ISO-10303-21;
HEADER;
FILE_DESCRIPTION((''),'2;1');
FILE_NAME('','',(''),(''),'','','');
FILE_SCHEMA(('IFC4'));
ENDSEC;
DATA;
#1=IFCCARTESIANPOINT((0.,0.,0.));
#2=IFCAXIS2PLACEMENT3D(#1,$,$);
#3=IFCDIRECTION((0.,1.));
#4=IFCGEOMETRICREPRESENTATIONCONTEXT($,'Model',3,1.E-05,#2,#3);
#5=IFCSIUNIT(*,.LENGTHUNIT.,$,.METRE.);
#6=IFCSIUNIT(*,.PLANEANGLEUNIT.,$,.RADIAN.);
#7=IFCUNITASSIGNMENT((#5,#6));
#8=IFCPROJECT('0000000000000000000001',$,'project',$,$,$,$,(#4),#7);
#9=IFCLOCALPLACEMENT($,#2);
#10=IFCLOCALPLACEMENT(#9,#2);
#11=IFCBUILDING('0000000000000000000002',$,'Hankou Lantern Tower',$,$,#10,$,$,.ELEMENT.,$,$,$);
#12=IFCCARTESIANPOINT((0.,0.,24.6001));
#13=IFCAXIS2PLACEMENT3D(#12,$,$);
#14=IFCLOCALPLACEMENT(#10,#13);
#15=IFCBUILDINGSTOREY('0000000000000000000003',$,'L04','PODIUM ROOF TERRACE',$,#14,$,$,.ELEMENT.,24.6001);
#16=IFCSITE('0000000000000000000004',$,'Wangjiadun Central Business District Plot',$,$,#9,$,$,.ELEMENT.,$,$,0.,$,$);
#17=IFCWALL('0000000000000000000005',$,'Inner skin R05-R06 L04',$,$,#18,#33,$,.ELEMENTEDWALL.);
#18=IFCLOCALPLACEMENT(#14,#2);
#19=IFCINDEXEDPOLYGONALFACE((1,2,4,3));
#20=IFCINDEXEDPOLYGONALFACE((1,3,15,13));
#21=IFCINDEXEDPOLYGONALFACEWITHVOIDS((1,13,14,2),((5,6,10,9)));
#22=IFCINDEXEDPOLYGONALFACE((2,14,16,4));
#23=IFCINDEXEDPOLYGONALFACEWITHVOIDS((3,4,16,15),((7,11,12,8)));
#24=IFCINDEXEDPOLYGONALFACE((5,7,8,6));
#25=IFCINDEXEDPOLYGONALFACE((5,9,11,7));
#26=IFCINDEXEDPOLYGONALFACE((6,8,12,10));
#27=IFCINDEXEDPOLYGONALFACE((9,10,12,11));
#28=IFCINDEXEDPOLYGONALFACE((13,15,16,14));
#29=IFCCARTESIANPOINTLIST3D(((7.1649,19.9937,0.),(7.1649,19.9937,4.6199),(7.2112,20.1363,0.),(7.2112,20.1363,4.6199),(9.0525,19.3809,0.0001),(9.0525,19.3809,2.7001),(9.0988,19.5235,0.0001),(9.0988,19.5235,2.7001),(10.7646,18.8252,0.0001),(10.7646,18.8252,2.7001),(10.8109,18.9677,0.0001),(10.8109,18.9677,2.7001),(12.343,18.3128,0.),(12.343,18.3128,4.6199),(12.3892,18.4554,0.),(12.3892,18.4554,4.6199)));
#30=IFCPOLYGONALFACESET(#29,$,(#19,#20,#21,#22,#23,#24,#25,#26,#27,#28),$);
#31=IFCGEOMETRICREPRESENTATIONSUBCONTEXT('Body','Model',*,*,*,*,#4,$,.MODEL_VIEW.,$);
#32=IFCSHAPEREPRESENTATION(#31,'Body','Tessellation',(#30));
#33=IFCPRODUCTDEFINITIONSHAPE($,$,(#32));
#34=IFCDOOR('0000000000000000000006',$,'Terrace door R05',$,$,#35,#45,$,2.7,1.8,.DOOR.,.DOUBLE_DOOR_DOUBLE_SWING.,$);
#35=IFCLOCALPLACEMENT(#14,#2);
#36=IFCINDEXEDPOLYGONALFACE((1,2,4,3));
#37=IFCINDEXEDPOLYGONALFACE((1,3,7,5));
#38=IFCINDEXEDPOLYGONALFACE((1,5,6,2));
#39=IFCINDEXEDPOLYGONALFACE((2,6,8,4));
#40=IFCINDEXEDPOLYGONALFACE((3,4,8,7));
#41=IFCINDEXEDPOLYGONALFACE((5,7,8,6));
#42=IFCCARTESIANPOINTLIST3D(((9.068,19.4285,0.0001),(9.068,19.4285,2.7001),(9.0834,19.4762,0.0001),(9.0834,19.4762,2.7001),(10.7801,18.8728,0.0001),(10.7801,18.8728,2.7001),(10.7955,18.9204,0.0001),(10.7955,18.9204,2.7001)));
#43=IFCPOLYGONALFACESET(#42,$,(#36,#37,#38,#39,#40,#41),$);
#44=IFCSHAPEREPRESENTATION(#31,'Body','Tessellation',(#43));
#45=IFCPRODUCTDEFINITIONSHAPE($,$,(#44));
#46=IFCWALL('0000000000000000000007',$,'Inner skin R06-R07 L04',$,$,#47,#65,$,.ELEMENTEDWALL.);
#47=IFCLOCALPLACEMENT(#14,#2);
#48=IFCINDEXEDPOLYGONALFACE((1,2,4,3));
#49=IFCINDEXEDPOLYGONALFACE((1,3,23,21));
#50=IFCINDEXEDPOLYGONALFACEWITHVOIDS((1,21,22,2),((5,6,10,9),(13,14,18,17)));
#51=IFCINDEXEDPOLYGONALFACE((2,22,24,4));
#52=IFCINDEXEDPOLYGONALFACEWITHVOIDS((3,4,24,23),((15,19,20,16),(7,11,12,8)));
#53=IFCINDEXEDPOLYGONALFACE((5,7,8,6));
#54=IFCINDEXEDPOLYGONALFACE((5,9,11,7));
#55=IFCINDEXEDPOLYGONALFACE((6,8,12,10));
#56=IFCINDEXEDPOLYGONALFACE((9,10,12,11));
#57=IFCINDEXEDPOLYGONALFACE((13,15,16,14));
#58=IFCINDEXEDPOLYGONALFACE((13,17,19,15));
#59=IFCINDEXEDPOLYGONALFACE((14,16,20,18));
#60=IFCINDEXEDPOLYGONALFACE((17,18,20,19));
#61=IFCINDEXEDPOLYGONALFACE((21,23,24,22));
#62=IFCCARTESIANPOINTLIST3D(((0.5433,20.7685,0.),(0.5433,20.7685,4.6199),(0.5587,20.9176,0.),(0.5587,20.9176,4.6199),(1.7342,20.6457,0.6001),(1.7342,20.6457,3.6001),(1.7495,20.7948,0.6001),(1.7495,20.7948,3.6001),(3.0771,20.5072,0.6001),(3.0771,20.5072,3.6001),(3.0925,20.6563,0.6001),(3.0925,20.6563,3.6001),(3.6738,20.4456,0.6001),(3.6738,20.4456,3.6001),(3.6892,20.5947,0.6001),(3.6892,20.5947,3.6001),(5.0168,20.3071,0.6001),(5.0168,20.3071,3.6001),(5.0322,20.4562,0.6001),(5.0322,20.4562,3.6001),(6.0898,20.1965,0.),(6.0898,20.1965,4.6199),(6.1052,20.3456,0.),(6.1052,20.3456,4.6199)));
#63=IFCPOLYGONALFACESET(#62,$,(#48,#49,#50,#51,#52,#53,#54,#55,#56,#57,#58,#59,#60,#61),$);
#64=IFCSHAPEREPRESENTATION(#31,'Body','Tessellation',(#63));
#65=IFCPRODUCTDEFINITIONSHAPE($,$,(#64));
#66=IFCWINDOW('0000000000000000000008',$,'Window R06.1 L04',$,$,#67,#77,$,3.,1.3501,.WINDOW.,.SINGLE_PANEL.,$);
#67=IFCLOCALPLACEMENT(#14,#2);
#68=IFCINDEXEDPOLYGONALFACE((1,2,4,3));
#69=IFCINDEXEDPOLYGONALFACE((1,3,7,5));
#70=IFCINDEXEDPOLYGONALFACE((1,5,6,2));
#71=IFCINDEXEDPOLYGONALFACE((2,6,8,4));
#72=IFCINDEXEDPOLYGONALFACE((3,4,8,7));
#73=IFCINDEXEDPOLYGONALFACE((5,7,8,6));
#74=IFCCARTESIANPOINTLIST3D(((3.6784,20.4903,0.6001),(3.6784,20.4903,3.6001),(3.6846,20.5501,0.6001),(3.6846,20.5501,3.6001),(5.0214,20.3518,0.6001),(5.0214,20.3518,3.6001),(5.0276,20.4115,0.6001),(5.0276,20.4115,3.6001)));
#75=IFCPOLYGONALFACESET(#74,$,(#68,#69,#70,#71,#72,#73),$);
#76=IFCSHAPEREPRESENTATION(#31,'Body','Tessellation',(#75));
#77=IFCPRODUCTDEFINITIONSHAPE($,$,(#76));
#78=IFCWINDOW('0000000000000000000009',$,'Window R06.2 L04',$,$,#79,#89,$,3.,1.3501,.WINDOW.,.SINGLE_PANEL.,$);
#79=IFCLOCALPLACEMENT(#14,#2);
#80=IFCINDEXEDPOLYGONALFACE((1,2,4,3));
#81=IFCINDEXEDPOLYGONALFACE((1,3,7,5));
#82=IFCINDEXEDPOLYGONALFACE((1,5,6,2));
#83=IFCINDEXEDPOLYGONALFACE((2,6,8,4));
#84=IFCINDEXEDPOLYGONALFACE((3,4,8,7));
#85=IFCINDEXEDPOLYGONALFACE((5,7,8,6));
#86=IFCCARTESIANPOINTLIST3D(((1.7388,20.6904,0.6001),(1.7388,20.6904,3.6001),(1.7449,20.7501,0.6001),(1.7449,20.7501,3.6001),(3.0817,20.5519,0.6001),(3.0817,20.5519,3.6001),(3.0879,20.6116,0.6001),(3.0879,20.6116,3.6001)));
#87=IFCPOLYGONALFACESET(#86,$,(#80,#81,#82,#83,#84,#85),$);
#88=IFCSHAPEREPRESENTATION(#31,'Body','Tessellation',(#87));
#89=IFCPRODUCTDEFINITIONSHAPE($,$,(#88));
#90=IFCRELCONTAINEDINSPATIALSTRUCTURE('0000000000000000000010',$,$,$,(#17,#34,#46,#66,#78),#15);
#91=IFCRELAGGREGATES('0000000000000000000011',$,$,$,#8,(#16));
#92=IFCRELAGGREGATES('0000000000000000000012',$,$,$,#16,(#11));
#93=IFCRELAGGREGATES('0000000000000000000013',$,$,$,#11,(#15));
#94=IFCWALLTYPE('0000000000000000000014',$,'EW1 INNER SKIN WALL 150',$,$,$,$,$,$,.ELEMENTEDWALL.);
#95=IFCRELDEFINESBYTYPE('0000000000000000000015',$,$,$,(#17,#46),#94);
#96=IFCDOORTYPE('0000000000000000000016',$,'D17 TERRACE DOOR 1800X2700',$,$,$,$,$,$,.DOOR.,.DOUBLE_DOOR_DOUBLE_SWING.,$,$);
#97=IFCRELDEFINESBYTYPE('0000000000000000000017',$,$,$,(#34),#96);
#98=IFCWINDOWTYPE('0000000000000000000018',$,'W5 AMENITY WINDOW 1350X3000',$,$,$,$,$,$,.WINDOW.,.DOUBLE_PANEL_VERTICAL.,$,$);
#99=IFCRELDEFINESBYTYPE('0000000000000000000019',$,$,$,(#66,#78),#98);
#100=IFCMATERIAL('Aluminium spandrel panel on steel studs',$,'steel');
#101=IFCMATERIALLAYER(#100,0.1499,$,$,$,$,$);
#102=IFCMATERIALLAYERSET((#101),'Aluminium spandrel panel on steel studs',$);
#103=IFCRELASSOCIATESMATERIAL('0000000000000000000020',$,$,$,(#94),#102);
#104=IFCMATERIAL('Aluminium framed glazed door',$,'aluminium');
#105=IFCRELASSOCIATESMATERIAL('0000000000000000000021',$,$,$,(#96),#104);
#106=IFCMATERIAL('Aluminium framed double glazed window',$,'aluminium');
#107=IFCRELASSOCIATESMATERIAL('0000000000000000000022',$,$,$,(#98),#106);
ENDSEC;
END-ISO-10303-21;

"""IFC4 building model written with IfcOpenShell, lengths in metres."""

from ifc_helpers import new_model, si_unit, direction, frame, frame_2d, origin, place, context, subcontext, project, spatial, rectangle, extrude, material, layer, layer_set, type_object, element, fill, save


model = new_model("IFC4")

# Units and contexts
model_context = context("Model", 3, precision=1e-05, world=origin(), true_north=direction((0.0, 1.0)))
body_context = subcontext(model_context, "Body", "Model", "MODEL_VIEW")
ifc_project = project(units=[si_unit("LENGTHUNIT", "METRE"), si_unit("PLANEANGLEUNIT", "RADIAN")], contexts=[model_context])

# Site, building, storey
site_placement = place(None, origin())
site = spatial("IfcSite", under=ifc_project, at=site_placement, Name="Wangjiadun Central Business District Plot", CompositionType="ELEMENT", RefElevation=0.0)
building_placement = place(site_placement, origin())
building = spatial("IfcBuilding", under=site, at=building_placement, Name="Hankou Lantern Tower", CompositionType="ELEMENT")
storey_placement = place(building_placement, frame((0.0, 0.0, 24.6001)))
storey = spatial("IfcBuildingStorey", under=building, at=storey_placement, Name="L04", Description="PODIUM ROOF TERRACE", CompositionType="ELEMENT", Elevation=24.6001)

# Wall, opening, door
ifc_material_1 = material(Name="Aluminium spandrel panel on steel studs", Category="steel")
ifc_layer = layer(ifc_material_1, 0.1499)
ifc_layer_set = layer_set([ifc_layer], Name="Aluminium spandrel panel on steel studs")
wall_type = type_object("IfcWallType", Name="EW1 INNER SKIN WALL 150", PredefinedType="ELEMENTEDWALL", material=ifc_layer_set)
wall_1_placement = place(storey_placement, frame((12.3662, 18.384, 0.0), z_axis=(0.0, 0.0, 1.0), x_axis=(-0.951138, 0.308765, 0.0)))
wall_1 = element("IfcWall", 1, at=wall_1_placement, inside=storey, type_object=wall_type, Name="Inner skin R05-R06 L04", PredefinedType="ELEMENTEDWALL", context=body_context, shape_type="SweptSolid", body=[
    extrude(rectangle(XDim=5.4441, YDim=0.1499, at=frame_2d((2.7222, 0.0))), origin(), (0.0, 0.0, 1.0), 4.6199),
])
opening_1_placement = place(wall_1_placement, frame((1.6597, 0.0, 0.0)))
opening_1 = element("IfcOpeningElement", 2, at=opening_1_placement, cuts=wall_1, PredefinedType="OPENING", context=body_context, shape_type="SweptSolid", body=[
    extrude(rectangle(XDim=1.8, YDim=2.7, at=frame_2d((0.8999, 1.3501))), frame((0.0, 0.085, 0.0), z_axis=(0.0, -1.0, 0.0), x_axis=(1.0, 0.0, 0.0)), (0.0, 0.0, 1.0), 0.1699),
])
ifc_material_2 = material(Name="Aluminium framed glazed door", Category="aluminium")
door_type = type_object("IfcDoorType", Name="D17 TERRACE DOOR 1800X2700", OperationType="DOUBLE_DOOR_DOUBLE_SWING", PredefinedType="DOOR", material=ifc_material_2)
door_placement = place(opening_1_placement, origin())
door = element("IfcDoor", 3, at=door_placement, inside=storey, type_object=door_type, Name="Terrace door R05", OperationType="DOUBLE_DOOR_DOUBLE_SWING", OverallHeight=2.7, OverallWidth=1.8, PredefinedType="DOOR", context=body_context, shape_type="SweptSolid", body=[
    extrude(rectangle(XDim=1.8, YDim=2.7, at=frame_2d((0.8999, 1.3501))), frame((0.0, 0.0249, 0.0), z_axis=(0.0, -1.0, 0.0), x_axis=(1.0, 0.0, 0.0)), (0.0, 0.0, 1.0), 0.05),
])
fill(opening_1, door)

# Wall, openings, windows
wall_2_placement = place(storey_placement, frame((6.0977, 20.271, 0.0), z_axis=(0.0, 0.0, 1.0), x_axis=(-0.994724, 0.10259, 0.0)))
wall_2 = element("IfcWall", 4, at=wall_2_placement, inside=storey, type_object=wall_type, Name="Inner skin R06-R07 L04", PredefinedType="ELEMENTEDWALL", context=body_context, shape_type="SweptSolid", body=[
    extrude(rectangle(XDim=5.5759, YDim=0.1499, at=frame_2d((2.7881, 0.0))), origin(), (0.0, 0.0, 1.0), 4.6199),
])
opening_2_placement = place(wall_2_placement, frame((1.0789, 0.0, 0.6001)))
opening_2 = element("IfcOpeningElement", 5, at=opening_2_placement, cuts=wall_2, PredefinedType="OPENING", context=body_context, shape_type="SweptSolid", body=[
    extrude(rectangle(XDim=1.3501, YDim=3.0, at=frame_2d((0.675, 1.5))), frame((0.0, 0.085, 0.0), z_axis=(0.0, -1.0, 0.0), x_axis=(1.0, 0.0, 0.0)), (0.0, 0.0, 1.0), 0.1699),
])
opening_3_placement = place(wall_2_placement, frame((3.0288, 0.0, 0.6001)))
opening_3 = element("IfcOpeningElement", 6, at=opening_3_placement, cuts=wall_2, PredefinedType="OPENING", context=body_context, shape_type="SweptSolid", body=[
    extrude(rectangle(XDim=1.3501, YDim=3.0, at=frame_2d((0.675, 1.5))), frame((0.0, 0.085, 0.0), z_axis=(0.0, -1.0, 0.0), x_axis=(1.0, 0.0, 0.0)), (0.0, 0.0, 1.0), 0.1699),
])
ifc_material_3 = material(Name="Aluminium framed double glazed window", Category="aluminium")
window_type = type_object("IfcWindowType", Name="W5 AMENITY WINDOW 1350X3000", PartitioningType="DOUBLE_PANEL_VERTICAL", PredefinedType="WINDOW", material=ifc_material_3)
window_1_placement = place(opening_2_placement, origin())
window_1 = element("IfcWindow", 7, at=window_1_placement, inside=storey, type_object=window_type, Name="Window R06.1 L04", OverallHeight=3.0, OverallWidth=1.3501, PartitioningType="SINGLE_PANEL", PredefinedType="WINDOW", context=body_context, shape_type="SweptSolid", body=[
    extrude(rectangle(XDim=1.3501, YDim=3.0, at=frame_2d((0.675, 1.5))), frame((0.0, 0.03, 0.0), z_axis=(0.0, -1.0, 0.0), x_axis=(1.0, 0.0, 0.0)), (0.0, 0.0, 1.0), 0.0601),
])
fill(opening_2, window_1)
window_2_placement = place(opening_3_placement, origin())
window_2 = element("IfcWindow", 8, at=window_2_placement, inside=storey, type_object=window_type, Name="Window R06.2 L04", OverallHeight=3.0, OverallWidth=1.3501, PartitioningType="SINGLE_PANEL", PredefinedType="WINDOW", context=body_context, shape_type="SweptSolid", body=[
    extrude(rectangle(XDim=1.3501, YDim=3.0, at=frame_2d((0.675, 1.5))), frame((0.0, 0.03, 0.0), z_axis=(0.0, -1.0, 0.0), x_axis=(1.0, 0.0, 0.0)), (0.0, 0.0, 1.0), 0.0601),
])
fill(opening_3, window_2)

save(model, "model.ifc")
